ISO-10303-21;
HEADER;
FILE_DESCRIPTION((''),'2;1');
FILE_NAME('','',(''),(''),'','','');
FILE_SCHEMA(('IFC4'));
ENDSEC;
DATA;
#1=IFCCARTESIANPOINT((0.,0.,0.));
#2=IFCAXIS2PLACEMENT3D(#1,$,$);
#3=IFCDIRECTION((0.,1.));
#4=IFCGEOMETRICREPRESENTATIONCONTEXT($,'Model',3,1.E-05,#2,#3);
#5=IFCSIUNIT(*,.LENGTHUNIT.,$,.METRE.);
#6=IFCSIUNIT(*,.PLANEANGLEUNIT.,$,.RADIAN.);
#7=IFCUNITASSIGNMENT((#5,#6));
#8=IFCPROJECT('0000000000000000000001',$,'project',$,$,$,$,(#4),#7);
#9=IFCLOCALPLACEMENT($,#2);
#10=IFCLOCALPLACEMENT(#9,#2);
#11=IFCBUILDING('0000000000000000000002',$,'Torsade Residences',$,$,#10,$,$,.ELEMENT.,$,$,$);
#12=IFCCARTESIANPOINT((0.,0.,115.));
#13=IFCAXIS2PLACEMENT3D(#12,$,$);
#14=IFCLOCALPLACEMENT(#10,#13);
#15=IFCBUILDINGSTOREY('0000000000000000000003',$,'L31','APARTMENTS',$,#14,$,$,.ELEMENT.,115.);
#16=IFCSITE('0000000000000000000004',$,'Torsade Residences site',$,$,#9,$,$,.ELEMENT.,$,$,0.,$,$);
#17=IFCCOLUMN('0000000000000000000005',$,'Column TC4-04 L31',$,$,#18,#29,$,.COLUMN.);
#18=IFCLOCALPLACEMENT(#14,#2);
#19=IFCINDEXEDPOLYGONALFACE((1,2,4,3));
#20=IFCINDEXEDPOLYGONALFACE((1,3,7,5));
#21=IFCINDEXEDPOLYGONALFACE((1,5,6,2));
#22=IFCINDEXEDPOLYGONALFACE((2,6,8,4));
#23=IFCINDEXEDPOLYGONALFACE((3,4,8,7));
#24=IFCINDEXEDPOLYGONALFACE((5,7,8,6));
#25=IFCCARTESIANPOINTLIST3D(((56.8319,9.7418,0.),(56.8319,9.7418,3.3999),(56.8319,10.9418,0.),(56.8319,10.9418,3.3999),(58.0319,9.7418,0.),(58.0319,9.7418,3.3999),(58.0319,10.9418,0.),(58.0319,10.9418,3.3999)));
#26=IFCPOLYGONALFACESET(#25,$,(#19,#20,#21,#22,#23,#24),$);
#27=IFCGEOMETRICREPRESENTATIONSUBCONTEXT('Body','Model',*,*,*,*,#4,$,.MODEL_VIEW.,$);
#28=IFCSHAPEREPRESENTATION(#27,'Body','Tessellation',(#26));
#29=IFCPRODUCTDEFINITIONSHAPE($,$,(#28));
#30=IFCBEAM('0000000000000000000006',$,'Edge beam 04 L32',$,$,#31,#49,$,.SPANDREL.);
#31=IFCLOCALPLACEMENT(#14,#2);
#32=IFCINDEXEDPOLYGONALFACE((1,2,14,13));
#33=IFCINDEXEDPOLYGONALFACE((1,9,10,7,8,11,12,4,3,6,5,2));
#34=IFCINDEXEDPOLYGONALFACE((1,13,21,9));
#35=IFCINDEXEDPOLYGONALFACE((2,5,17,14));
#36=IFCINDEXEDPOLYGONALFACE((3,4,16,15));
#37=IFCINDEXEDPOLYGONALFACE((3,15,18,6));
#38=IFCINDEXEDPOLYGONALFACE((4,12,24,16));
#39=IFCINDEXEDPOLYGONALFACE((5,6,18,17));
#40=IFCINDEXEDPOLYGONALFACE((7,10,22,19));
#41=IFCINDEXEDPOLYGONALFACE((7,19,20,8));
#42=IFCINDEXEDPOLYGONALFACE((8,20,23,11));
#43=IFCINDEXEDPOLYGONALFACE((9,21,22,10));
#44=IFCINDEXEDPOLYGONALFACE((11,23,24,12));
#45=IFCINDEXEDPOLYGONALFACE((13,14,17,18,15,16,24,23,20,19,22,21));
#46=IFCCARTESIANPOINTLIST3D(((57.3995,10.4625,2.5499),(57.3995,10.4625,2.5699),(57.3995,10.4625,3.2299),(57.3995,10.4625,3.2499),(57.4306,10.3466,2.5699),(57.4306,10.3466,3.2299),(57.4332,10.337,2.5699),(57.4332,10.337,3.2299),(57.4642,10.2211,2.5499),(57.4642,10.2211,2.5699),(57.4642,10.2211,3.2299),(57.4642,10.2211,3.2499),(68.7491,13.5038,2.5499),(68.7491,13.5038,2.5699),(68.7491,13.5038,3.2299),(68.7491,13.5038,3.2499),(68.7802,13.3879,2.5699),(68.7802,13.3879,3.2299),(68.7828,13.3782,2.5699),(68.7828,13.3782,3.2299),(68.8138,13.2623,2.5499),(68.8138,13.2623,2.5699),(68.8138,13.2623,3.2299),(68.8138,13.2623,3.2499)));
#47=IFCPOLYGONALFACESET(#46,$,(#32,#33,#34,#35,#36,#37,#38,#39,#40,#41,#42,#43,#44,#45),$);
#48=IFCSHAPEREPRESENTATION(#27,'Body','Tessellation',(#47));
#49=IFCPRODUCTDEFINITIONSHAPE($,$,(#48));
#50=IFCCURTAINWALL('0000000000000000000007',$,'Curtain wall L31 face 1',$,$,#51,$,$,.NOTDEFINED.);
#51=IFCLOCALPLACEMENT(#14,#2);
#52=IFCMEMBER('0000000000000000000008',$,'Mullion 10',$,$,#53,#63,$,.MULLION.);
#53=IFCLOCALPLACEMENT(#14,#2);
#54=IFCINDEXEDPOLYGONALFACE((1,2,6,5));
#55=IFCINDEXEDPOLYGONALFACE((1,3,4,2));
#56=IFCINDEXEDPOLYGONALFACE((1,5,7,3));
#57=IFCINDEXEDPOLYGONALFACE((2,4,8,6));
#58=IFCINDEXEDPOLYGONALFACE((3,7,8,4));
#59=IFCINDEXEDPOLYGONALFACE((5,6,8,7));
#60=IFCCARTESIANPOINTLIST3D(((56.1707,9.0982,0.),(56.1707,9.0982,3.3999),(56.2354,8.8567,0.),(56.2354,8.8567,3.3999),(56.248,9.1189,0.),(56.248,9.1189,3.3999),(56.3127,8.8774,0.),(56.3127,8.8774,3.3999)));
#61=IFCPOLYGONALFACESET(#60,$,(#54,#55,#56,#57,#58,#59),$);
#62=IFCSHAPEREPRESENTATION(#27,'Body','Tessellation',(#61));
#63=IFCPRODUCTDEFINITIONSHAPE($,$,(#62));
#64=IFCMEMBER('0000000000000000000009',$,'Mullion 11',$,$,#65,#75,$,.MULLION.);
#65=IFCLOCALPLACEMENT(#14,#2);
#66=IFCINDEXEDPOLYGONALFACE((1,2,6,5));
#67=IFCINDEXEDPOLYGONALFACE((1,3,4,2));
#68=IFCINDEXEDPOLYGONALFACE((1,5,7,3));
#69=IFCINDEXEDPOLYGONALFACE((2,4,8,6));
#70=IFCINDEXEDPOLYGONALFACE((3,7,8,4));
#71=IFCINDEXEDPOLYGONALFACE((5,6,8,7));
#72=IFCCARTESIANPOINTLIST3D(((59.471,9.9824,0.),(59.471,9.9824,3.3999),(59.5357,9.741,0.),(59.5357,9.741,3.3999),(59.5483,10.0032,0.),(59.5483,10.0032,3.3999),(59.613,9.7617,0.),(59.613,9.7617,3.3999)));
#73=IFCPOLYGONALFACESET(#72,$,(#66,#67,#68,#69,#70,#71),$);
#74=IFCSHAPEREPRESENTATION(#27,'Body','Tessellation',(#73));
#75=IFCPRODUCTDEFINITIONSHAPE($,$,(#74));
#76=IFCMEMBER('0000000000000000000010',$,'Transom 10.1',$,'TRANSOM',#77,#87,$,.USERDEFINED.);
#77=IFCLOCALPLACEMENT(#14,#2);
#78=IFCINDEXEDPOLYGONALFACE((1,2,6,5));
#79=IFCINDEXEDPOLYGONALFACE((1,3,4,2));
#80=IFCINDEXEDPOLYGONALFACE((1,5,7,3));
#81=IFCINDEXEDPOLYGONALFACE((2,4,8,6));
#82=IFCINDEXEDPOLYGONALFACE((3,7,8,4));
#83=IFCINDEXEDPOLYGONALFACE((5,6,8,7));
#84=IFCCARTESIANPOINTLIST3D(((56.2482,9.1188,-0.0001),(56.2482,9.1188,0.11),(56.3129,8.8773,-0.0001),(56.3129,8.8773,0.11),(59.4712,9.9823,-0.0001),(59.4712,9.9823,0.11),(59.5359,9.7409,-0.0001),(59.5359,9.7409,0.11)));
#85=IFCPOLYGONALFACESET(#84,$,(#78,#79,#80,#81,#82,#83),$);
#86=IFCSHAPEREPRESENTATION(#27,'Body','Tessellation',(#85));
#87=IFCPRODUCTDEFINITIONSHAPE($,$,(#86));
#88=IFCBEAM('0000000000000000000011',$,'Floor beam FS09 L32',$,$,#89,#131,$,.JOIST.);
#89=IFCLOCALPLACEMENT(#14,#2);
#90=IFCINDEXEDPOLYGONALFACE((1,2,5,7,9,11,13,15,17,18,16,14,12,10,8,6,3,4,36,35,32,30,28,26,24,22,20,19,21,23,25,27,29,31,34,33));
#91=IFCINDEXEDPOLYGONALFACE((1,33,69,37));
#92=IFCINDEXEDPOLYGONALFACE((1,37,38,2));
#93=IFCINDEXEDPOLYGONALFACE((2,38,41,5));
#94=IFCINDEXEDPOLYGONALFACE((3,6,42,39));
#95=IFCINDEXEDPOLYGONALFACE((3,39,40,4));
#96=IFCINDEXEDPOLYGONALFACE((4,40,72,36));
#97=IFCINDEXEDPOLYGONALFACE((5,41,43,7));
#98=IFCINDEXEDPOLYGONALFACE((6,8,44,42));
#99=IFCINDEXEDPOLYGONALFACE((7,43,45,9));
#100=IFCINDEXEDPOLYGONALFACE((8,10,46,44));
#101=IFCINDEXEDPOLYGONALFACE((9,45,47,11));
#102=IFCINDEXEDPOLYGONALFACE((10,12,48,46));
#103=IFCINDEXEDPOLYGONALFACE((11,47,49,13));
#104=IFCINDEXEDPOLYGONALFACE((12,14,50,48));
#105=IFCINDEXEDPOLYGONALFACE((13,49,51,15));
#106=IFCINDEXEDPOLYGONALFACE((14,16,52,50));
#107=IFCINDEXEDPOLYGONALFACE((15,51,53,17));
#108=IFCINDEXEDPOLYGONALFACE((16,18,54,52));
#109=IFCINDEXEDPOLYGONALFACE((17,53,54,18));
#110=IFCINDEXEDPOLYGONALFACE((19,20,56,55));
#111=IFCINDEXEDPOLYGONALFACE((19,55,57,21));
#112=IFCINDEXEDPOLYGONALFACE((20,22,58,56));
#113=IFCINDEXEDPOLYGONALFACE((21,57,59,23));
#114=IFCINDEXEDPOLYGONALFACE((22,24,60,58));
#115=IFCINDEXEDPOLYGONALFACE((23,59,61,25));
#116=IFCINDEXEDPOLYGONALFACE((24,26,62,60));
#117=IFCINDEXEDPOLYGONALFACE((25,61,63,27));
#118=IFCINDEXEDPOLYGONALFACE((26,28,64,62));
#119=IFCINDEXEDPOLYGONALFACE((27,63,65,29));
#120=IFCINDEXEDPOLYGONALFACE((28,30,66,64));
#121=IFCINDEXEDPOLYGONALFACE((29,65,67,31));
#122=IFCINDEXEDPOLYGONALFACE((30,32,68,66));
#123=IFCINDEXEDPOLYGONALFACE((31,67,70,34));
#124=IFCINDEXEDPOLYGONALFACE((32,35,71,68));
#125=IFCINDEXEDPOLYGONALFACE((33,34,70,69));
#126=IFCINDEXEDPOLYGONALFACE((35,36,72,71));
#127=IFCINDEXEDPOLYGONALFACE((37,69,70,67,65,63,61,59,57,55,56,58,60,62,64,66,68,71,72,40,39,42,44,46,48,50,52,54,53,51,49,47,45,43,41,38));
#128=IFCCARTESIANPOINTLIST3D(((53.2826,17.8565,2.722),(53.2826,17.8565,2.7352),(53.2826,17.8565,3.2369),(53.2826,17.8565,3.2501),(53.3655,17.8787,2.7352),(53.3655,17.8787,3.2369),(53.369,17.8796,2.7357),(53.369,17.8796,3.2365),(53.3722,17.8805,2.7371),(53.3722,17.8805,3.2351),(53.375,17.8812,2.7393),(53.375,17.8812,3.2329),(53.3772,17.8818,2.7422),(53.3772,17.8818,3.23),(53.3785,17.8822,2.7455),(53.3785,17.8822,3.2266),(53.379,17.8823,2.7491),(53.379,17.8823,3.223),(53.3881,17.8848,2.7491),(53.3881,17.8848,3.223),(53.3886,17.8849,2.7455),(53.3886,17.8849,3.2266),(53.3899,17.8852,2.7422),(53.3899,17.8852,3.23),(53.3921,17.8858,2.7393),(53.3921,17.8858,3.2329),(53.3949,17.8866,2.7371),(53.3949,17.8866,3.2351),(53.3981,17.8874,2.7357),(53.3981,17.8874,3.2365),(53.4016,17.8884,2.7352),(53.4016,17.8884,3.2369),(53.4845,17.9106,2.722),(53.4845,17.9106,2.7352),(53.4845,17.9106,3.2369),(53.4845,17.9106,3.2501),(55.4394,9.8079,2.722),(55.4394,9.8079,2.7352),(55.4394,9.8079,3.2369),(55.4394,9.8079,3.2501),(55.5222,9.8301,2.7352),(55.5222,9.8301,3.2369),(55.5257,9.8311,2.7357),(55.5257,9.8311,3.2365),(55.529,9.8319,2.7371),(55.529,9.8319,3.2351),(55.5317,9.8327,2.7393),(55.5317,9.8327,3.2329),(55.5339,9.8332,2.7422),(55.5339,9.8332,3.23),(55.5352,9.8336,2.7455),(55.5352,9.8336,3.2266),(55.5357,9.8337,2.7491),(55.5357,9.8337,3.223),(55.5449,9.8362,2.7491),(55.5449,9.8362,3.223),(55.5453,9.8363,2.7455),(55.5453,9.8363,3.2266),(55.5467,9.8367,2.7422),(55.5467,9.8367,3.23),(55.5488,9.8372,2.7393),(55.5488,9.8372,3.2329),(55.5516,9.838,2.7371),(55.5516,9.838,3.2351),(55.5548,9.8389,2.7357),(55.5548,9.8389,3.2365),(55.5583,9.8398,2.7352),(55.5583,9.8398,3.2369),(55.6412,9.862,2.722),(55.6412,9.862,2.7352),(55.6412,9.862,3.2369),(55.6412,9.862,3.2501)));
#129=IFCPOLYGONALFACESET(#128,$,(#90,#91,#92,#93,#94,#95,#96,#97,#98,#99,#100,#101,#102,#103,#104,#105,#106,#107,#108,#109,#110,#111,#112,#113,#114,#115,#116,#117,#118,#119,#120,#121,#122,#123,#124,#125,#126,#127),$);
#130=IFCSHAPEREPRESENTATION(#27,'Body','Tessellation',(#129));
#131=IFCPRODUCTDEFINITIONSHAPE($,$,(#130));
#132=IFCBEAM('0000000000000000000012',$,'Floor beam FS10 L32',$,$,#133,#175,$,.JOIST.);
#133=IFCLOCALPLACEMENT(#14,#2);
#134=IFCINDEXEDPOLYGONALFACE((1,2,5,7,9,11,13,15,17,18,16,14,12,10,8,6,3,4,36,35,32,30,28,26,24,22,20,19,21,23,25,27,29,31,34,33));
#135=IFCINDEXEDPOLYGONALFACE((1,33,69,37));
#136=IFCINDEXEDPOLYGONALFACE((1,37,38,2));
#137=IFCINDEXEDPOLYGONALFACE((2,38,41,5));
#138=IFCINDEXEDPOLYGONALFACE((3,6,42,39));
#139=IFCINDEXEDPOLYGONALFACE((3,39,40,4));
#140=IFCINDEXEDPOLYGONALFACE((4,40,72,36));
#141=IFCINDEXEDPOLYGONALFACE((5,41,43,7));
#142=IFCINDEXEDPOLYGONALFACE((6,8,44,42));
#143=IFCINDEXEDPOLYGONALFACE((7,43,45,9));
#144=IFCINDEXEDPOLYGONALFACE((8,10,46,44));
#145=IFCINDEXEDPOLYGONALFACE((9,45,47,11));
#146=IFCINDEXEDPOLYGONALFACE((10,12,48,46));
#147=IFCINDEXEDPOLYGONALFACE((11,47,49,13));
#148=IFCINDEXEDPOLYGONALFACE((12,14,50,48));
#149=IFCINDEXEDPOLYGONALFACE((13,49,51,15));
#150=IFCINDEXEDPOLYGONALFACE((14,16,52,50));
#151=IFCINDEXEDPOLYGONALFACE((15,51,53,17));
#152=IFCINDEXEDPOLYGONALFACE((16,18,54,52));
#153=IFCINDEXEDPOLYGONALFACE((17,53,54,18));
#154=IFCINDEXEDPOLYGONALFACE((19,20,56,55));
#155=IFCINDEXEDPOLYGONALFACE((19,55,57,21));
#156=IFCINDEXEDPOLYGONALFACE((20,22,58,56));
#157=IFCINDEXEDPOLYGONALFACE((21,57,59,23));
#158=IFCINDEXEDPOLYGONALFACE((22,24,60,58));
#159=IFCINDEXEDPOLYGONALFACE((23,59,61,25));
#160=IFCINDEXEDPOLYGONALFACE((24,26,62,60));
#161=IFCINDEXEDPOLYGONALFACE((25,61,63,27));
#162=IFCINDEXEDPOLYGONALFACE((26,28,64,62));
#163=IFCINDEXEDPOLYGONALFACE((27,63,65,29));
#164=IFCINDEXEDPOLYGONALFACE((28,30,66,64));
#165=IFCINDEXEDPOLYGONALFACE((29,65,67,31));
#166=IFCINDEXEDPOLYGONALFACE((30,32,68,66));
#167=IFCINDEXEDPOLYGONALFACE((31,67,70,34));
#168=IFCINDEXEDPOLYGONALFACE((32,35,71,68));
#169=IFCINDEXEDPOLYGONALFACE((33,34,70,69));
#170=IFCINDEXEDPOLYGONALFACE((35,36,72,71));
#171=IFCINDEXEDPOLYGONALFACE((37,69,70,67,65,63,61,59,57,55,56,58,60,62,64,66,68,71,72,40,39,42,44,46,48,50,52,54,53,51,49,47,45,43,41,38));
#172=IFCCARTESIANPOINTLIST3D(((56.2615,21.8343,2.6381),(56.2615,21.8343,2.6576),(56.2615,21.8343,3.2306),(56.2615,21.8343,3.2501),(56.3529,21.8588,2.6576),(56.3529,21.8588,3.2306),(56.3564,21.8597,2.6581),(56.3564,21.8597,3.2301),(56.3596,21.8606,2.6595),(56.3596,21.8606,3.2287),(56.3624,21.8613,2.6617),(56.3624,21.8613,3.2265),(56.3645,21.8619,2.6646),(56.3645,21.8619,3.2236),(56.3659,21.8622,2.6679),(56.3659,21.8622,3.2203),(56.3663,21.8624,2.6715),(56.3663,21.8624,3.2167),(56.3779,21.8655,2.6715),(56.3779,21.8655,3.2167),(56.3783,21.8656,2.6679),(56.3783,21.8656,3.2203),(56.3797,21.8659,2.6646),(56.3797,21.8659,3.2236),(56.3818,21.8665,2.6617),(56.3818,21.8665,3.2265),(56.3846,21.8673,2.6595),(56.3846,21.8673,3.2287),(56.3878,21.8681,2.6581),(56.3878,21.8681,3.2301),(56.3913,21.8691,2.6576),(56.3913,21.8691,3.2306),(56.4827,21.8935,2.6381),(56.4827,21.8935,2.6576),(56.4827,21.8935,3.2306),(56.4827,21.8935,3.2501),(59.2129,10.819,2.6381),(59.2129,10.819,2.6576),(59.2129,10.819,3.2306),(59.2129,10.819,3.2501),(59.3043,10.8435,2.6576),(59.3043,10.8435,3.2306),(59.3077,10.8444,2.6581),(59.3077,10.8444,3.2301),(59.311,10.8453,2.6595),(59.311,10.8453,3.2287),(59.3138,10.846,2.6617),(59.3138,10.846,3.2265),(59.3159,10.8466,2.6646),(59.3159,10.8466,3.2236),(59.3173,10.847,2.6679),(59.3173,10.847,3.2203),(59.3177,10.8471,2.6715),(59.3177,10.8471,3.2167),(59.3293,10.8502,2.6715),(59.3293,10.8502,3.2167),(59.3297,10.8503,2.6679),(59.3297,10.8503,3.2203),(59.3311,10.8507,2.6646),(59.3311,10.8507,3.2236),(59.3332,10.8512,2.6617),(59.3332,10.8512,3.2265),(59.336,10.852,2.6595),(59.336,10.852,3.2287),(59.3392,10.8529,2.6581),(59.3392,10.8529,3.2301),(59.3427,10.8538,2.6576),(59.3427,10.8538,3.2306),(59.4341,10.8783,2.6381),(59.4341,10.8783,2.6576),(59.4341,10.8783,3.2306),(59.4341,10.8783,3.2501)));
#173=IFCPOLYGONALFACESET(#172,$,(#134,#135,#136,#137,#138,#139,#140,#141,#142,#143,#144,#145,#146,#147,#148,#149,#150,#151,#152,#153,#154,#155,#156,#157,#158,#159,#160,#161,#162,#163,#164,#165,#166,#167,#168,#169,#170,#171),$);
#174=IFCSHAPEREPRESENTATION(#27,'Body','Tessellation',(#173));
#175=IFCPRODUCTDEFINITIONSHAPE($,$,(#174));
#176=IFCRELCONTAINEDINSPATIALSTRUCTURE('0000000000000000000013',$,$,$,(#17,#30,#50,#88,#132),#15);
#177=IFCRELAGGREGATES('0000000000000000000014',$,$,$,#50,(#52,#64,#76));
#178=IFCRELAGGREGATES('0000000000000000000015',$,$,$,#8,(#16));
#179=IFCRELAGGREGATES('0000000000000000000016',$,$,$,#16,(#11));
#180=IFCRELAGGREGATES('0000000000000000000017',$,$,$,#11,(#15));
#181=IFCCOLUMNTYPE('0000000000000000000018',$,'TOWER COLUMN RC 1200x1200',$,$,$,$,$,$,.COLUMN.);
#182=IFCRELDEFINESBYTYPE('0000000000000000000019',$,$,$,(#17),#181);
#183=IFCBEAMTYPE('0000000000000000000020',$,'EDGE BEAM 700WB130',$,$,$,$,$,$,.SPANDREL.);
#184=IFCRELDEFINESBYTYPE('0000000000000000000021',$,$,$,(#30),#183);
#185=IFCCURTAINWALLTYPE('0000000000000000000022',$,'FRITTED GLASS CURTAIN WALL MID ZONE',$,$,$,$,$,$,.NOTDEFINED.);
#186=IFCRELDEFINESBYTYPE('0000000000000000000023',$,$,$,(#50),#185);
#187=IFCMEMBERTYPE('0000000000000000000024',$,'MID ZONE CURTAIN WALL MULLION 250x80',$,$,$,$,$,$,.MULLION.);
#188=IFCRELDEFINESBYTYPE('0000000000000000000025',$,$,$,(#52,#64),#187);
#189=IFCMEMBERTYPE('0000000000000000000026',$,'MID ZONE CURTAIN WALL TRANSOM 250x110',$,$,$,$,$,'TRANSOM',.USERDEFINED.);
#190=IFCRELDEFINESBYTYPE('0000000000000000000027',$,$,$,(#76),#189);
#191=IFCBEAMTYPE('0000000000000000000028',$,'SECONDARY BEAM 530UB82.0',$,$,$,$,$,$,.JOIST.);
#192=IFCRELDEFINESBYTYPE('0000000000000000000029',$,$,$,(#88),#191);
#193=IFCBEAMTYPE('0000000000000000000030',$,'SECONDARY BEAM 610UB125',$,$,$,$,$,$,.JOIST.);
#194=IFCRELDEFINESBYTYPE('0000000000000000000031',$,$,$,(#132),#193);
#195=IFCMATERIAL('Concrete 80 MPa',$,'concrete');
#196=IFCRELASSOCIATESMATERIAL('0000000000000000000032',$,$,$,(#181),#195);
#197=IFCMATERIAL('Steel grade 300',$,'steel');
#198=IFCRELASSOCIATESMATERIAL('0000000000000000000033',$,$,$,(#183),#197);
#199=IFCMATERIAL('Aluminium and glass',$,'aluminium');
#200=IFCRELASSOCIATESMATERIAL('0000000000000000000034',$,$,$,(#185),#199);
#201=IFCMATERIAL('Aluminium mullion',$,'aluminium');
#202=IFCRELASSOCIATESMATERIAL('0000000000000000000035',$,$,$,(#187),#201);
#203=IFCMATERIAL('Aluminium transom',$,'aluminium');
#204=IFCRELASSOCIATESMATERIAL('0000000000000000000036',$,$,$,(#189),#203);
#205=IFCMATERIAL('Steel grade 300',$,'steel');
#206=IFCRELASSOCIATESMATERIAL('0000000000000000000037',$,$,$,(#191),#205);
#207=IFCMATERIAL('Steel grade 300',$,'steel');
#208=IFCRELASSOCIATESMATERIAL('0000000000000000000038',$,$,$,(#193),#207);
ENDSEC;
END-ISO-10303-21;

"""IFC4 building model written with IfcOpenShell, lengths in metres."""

from ifc_helpers import new_model, si_unit, direction, frame, origin, origin_2d, place, context, subcontext, project, spatial, rectangle, i_section, extrude, material, material_profile, profile_set, type_object, element, aggregate, save


model = new_model("IFC4")

# Units and contexts
model_context = context("Model", 3, precision=1e-05, world=origin(), true_north=direction((0.0, 1.0)))
body_context = subcontext(model_context, "Body", "Model", "MODEL_VIEW")
ifc_project = project(units=[si_unit("LENGTHUNIT", "METRE"), si_unit("PLANEANGLEUNIT", "RADIAN")], contexts=[model_context])

# Site, building, storey
site_placement = place(None, origin())
site = spatial("IfcSite", under=ifc_project, at=site_placement, Name="Torsade Residences site", CompositionType="ELEMENT", RefElevation=0.0)
building_placement = place(site_placement, origin())
building = spatial("IfcBuilding", under=site, at=building_placement, Name="Torsade Residences", CompositionType="ELEMENT")
storey_placement = place(building_placement, frame((0.0, 0.0, 115.0)))
storey = spatial("IfcBuildingStorey", under=building, at=storey_placement, Name="L31", Description="APARTMENTS", CompositionType="ELEMENT", Elevation=115.0)

# Column
ifc_material_1 = material(Name="Concrete 80 MPa", Category="concrete")
ifc_material_profile_1 = material_profile(ifc_material_1, rectangle(XDim=1.2, YDim=1.2, at=origin_2d()), Name="RC 1200x1200")
ifc_profile_set_1 = profile_set([ifc_material_profile_1], Name="Concrete 80 MPa")
column_type = type_object("IfcColumnType", Name="TOWER COLUMN RC 1200x1200", PredefinedType="COLUMN", material=ifc_profile_set_1)
column_placement = place(storey_placement, frame((57.4319, 10.3418, 0.0), z_axis=(0.0, 0.0, 1.0), x_axis=(1.0, 0.0, 0.0)))
element("IfcColumn", 1, at=column_placement, inside=storey, type_object=column_type, Name="Column TC4-04 L31", PredefinedType="COLUMN", context=body_context, shape_type="SweptSolid", body=[
    extrude(rectangle(XDim=1.2, YDim=1.2, at=origin_2d()), origin(), (0.0, 0.0, 1.0), 3.3999),
])

# Beam
ifc_material_2 = material(Name="Steel grade 300", Category="steel")
ifc_material_profile_2 = material_profile(ifc_material_2, i_section(OverallWidth=0.25, OverallDepth=0.7, WebThickness=0.01, FlangeThickness=0.02, at=origin_2d()), Name="700WB130")
ifc_profile_set_2 = profile_set([ifc_material_profile_2], Name="Steel grade 300")
beam_type_1 = type_object("IfcBeamType", Name="EDGE BEAM 700WB130", PredefinedType="SPANDREL", material=ifc_profile_set_2)
beam_1_placement = place(storey_placement, frame((57.4319, 10.3418, 2.8999), z_axis=(0.965923, 0.25883, 0.0), x_axis=(-0.25883, 0.965923, 0.0)))
element("IfcBeam", 2, at=beam_1_placement, inside=storey, type_object=beam_type_1, Name="Edge beam 04 L32", PredefinedType="SPANDREL", context=body_context, shape_type="SweptSolid", body=[
    extrude(i_section(OverallWidth=0.25, OverallDepth=0.7, WebThickness=0.01, FlangeThickness=0.02, at=origin_2d()), origin(), (0.0, 0.0, 1.0), 11.75),
])

# Curtain wall, members
ifc_material_3 = material(Name="Aluminium and glass", Category="aluminium")
curtain_wall_type = type_object("IfcCurtainWallType", Name="FRITTED GLASS CURTAIN WALL MID ZONE", PredefinedType="NOTDEFINED", material=ifc_material_3)
curtain_wall_placement = place(storey_placement, origin())
curtain_wall = element("IfcCurtainWall", 3, at=curtain_wall_placement, inside=storey, type_object=curtain_wall_type, Name="Curtain wall L31 face 1", PredefinedType="NOTDEFINED")
ifc_material_4 = material(Name="Aluminium mullion", Category="aluminium")
ifc_material_profile_3 = material_profile(ifc_material_4, rectangle(XDim=0.25, YDim=0.0801, at=origin_2d()), Name="MID ZONE CURTAIN WALL MULLION 250x80")
ifc_profile_set_3 = profile_set([ifc_material_profile_3], Name="Aluminium mullion")
member_type_1 = type_object("IfcMemberType", Name="MID ZONE CURTAIN WALL MULLION 250x80", PredefinedType="MULLION", material=ifc_profile_set_3)
member_1_placement = place(storey_placement, frame((56.2417, 8.9878, 0.0), z_axis=(0.0, 0.0, 1.0), x_axis=(-0.258819, 0.965926, 0.0)))
member_1 = element("IfcMember", 4, at=member_1_placement, type_object=member_type_1, Name="Mullion 10", PredefinedType="MULLION", context=body_context, shape_type="SweptSolid", body=[
    extrude(rectangle(XDim=0.25, YDim=0.0801, at=origin_2d()), origin(), (0.0, 0.0, 1.0), 3.3999),
])
member_2_placement = place(storey_placement, frame((59.542, 9.8721, 0.0), z_axis=(0.0, 0.0, 1.0), x_axis=(-0.258819, 0.965926, 0.0)))
member_2 = element("IfcMember", 5, at=member_2_placement, type_object=member_type_1, Name="Mullion 11", PredefinedType="MULLION", context=body_context, shape_type="SweptSolid", body=[
    extrude(rectangle(XDim=0.25, YDim=0.0801, at=origin_2d()), origin(), (0.0, 0.0, 1.0), 3.3999),
])
ifc_material_5 = material(Name="Aluminium transom", Category="aluminium")
ifc_material_profile_4 = material_profile(ifc_material_5, rectangle(XDim=0.25, YDim=0.1101, at=origin_2d()), Name="MID ZONE CURTAIN WALL TRANSOM 250x110")
ifc_profile_set_4 = profile_set([ifc_material_profile_4], Name="Aluminium transom")
member_type_2 = type_object("IfcMemberType", Name="MID ZONE CURTAIN WALL TRANSOM 250x110", ElementType="TRANSOM", PredefinedType="USERDEFINED", material=ifc_profile_set_4)
member_3_placement = place(storey_placement, frame((56.2805, 8.998, 0.0549), z_axis=(0.965929, 0.258806, 0.0), x_axis=(-0.258806, 0.965929, 0.0)))
member_3 = element("IfcMember", 6, at=member_3_placement, type_object=member_type_2, Name="Transom 10.1", ObjectType="TRANSOM", PredefinedType="USERDEFINED", context=body_context, shape_type="SweptSolid", body=[
    extrude(rectangle(XDim=0.25, YDim=0.1101, at=origin_2d()), origin(), (0.0, 0.0, 1.0), 3.3367),
])

# Beams
ifc_material_6 = material(Name="Steel grade 300", Category="steel")
ifc_material_profile_5 = material_profile(ifc_material_6, i_section(OverallWidth=0.209, OverallDepth=0.5281, WebThickness=0.0095, FlangeThickness=0.0132, FilletRadius=0.0139, at=origin_2d()), Name="530UB82.0")
ifc_profile_set_5 = profile_set([ifc_material_profile_5], Name="Steel grade 300")
beam_type_2 = type_object("IfcBeamType", Name="SECONDARY BEAM 530UB82.0", PredefinedType="JOIST", material=ifc_profile_set_5)
beam_2_placement = place(storey_placement, frame((55.5403, 9.835, 2.9861), z_axis=(-0.258833, 0.965922, 0.0), x_axis=(-0.965922, -0.258833, 0.0)))
element("IfcBeam", 7, at=beam_2_placement, inside=storey, type_object=beam_type_2, Name="Floor beam FS09 L32", PredefinedType="JOIST", context=body_context, shape_type="SweptSolid", body=[
    extrude(i_section(OverallWidth=0.209, OverallDepth=0.5281, WebThickness=0.0095, FlangeThickness=0.0132, FilletRadius=0.0139, at=origin_2d()), origin(), (0.0, 0.0, 1.0), 8.3325),
])
ifc_material_7 = material(Name="Steel grade 300", Category="steel")
ifc_material_profile_6 = material_profile(ifc_material_7, i_section(OverallWidth=0.229, OverallDepth=0.6121, WebThickness=0.012, FlangeThickness=0.0195, FilletRadius=0.0139, at=origin_2d()), Name="610UB125")
ifc_profile_set_6 = profile_set([ifc_material_profile_6], Name="Steel grade 300")
beam_type_3 = type_object("IfcBeamType", Name="SECONDARY BEAM 610UB125", PredefinedType="JOIST", material=ifc_profile_set_6)
beam_3_placement = place(storey_placement, frame((59.3235, 10.8486, 2.9441), z_axis=(-0.258807, 0.965929, 0.0), x_axis=(-0.965929, -0.258807, 0.0)))
element("IfcBeam", 8, at=beam_3_placement, inside=storey, type_object=beam_type_3, Name="Floor beam FS10 L32", PredefinedType="JOIST", context=body_context, shape_type="SweptSolid", body=[
    extrude(i_section(OverallWidth=0.229, OverallDepth=0.6121, WebThickness=0.012, FlangeThickness=0.0195, FilletRadius=0.0139, at=origin_2d()), origin(), (0.0, 0.0, 1.0), 11.4038),
])

aggregate(curtain_wall, [member_1, member_2, member_3])

save(model, "model.ifc")
